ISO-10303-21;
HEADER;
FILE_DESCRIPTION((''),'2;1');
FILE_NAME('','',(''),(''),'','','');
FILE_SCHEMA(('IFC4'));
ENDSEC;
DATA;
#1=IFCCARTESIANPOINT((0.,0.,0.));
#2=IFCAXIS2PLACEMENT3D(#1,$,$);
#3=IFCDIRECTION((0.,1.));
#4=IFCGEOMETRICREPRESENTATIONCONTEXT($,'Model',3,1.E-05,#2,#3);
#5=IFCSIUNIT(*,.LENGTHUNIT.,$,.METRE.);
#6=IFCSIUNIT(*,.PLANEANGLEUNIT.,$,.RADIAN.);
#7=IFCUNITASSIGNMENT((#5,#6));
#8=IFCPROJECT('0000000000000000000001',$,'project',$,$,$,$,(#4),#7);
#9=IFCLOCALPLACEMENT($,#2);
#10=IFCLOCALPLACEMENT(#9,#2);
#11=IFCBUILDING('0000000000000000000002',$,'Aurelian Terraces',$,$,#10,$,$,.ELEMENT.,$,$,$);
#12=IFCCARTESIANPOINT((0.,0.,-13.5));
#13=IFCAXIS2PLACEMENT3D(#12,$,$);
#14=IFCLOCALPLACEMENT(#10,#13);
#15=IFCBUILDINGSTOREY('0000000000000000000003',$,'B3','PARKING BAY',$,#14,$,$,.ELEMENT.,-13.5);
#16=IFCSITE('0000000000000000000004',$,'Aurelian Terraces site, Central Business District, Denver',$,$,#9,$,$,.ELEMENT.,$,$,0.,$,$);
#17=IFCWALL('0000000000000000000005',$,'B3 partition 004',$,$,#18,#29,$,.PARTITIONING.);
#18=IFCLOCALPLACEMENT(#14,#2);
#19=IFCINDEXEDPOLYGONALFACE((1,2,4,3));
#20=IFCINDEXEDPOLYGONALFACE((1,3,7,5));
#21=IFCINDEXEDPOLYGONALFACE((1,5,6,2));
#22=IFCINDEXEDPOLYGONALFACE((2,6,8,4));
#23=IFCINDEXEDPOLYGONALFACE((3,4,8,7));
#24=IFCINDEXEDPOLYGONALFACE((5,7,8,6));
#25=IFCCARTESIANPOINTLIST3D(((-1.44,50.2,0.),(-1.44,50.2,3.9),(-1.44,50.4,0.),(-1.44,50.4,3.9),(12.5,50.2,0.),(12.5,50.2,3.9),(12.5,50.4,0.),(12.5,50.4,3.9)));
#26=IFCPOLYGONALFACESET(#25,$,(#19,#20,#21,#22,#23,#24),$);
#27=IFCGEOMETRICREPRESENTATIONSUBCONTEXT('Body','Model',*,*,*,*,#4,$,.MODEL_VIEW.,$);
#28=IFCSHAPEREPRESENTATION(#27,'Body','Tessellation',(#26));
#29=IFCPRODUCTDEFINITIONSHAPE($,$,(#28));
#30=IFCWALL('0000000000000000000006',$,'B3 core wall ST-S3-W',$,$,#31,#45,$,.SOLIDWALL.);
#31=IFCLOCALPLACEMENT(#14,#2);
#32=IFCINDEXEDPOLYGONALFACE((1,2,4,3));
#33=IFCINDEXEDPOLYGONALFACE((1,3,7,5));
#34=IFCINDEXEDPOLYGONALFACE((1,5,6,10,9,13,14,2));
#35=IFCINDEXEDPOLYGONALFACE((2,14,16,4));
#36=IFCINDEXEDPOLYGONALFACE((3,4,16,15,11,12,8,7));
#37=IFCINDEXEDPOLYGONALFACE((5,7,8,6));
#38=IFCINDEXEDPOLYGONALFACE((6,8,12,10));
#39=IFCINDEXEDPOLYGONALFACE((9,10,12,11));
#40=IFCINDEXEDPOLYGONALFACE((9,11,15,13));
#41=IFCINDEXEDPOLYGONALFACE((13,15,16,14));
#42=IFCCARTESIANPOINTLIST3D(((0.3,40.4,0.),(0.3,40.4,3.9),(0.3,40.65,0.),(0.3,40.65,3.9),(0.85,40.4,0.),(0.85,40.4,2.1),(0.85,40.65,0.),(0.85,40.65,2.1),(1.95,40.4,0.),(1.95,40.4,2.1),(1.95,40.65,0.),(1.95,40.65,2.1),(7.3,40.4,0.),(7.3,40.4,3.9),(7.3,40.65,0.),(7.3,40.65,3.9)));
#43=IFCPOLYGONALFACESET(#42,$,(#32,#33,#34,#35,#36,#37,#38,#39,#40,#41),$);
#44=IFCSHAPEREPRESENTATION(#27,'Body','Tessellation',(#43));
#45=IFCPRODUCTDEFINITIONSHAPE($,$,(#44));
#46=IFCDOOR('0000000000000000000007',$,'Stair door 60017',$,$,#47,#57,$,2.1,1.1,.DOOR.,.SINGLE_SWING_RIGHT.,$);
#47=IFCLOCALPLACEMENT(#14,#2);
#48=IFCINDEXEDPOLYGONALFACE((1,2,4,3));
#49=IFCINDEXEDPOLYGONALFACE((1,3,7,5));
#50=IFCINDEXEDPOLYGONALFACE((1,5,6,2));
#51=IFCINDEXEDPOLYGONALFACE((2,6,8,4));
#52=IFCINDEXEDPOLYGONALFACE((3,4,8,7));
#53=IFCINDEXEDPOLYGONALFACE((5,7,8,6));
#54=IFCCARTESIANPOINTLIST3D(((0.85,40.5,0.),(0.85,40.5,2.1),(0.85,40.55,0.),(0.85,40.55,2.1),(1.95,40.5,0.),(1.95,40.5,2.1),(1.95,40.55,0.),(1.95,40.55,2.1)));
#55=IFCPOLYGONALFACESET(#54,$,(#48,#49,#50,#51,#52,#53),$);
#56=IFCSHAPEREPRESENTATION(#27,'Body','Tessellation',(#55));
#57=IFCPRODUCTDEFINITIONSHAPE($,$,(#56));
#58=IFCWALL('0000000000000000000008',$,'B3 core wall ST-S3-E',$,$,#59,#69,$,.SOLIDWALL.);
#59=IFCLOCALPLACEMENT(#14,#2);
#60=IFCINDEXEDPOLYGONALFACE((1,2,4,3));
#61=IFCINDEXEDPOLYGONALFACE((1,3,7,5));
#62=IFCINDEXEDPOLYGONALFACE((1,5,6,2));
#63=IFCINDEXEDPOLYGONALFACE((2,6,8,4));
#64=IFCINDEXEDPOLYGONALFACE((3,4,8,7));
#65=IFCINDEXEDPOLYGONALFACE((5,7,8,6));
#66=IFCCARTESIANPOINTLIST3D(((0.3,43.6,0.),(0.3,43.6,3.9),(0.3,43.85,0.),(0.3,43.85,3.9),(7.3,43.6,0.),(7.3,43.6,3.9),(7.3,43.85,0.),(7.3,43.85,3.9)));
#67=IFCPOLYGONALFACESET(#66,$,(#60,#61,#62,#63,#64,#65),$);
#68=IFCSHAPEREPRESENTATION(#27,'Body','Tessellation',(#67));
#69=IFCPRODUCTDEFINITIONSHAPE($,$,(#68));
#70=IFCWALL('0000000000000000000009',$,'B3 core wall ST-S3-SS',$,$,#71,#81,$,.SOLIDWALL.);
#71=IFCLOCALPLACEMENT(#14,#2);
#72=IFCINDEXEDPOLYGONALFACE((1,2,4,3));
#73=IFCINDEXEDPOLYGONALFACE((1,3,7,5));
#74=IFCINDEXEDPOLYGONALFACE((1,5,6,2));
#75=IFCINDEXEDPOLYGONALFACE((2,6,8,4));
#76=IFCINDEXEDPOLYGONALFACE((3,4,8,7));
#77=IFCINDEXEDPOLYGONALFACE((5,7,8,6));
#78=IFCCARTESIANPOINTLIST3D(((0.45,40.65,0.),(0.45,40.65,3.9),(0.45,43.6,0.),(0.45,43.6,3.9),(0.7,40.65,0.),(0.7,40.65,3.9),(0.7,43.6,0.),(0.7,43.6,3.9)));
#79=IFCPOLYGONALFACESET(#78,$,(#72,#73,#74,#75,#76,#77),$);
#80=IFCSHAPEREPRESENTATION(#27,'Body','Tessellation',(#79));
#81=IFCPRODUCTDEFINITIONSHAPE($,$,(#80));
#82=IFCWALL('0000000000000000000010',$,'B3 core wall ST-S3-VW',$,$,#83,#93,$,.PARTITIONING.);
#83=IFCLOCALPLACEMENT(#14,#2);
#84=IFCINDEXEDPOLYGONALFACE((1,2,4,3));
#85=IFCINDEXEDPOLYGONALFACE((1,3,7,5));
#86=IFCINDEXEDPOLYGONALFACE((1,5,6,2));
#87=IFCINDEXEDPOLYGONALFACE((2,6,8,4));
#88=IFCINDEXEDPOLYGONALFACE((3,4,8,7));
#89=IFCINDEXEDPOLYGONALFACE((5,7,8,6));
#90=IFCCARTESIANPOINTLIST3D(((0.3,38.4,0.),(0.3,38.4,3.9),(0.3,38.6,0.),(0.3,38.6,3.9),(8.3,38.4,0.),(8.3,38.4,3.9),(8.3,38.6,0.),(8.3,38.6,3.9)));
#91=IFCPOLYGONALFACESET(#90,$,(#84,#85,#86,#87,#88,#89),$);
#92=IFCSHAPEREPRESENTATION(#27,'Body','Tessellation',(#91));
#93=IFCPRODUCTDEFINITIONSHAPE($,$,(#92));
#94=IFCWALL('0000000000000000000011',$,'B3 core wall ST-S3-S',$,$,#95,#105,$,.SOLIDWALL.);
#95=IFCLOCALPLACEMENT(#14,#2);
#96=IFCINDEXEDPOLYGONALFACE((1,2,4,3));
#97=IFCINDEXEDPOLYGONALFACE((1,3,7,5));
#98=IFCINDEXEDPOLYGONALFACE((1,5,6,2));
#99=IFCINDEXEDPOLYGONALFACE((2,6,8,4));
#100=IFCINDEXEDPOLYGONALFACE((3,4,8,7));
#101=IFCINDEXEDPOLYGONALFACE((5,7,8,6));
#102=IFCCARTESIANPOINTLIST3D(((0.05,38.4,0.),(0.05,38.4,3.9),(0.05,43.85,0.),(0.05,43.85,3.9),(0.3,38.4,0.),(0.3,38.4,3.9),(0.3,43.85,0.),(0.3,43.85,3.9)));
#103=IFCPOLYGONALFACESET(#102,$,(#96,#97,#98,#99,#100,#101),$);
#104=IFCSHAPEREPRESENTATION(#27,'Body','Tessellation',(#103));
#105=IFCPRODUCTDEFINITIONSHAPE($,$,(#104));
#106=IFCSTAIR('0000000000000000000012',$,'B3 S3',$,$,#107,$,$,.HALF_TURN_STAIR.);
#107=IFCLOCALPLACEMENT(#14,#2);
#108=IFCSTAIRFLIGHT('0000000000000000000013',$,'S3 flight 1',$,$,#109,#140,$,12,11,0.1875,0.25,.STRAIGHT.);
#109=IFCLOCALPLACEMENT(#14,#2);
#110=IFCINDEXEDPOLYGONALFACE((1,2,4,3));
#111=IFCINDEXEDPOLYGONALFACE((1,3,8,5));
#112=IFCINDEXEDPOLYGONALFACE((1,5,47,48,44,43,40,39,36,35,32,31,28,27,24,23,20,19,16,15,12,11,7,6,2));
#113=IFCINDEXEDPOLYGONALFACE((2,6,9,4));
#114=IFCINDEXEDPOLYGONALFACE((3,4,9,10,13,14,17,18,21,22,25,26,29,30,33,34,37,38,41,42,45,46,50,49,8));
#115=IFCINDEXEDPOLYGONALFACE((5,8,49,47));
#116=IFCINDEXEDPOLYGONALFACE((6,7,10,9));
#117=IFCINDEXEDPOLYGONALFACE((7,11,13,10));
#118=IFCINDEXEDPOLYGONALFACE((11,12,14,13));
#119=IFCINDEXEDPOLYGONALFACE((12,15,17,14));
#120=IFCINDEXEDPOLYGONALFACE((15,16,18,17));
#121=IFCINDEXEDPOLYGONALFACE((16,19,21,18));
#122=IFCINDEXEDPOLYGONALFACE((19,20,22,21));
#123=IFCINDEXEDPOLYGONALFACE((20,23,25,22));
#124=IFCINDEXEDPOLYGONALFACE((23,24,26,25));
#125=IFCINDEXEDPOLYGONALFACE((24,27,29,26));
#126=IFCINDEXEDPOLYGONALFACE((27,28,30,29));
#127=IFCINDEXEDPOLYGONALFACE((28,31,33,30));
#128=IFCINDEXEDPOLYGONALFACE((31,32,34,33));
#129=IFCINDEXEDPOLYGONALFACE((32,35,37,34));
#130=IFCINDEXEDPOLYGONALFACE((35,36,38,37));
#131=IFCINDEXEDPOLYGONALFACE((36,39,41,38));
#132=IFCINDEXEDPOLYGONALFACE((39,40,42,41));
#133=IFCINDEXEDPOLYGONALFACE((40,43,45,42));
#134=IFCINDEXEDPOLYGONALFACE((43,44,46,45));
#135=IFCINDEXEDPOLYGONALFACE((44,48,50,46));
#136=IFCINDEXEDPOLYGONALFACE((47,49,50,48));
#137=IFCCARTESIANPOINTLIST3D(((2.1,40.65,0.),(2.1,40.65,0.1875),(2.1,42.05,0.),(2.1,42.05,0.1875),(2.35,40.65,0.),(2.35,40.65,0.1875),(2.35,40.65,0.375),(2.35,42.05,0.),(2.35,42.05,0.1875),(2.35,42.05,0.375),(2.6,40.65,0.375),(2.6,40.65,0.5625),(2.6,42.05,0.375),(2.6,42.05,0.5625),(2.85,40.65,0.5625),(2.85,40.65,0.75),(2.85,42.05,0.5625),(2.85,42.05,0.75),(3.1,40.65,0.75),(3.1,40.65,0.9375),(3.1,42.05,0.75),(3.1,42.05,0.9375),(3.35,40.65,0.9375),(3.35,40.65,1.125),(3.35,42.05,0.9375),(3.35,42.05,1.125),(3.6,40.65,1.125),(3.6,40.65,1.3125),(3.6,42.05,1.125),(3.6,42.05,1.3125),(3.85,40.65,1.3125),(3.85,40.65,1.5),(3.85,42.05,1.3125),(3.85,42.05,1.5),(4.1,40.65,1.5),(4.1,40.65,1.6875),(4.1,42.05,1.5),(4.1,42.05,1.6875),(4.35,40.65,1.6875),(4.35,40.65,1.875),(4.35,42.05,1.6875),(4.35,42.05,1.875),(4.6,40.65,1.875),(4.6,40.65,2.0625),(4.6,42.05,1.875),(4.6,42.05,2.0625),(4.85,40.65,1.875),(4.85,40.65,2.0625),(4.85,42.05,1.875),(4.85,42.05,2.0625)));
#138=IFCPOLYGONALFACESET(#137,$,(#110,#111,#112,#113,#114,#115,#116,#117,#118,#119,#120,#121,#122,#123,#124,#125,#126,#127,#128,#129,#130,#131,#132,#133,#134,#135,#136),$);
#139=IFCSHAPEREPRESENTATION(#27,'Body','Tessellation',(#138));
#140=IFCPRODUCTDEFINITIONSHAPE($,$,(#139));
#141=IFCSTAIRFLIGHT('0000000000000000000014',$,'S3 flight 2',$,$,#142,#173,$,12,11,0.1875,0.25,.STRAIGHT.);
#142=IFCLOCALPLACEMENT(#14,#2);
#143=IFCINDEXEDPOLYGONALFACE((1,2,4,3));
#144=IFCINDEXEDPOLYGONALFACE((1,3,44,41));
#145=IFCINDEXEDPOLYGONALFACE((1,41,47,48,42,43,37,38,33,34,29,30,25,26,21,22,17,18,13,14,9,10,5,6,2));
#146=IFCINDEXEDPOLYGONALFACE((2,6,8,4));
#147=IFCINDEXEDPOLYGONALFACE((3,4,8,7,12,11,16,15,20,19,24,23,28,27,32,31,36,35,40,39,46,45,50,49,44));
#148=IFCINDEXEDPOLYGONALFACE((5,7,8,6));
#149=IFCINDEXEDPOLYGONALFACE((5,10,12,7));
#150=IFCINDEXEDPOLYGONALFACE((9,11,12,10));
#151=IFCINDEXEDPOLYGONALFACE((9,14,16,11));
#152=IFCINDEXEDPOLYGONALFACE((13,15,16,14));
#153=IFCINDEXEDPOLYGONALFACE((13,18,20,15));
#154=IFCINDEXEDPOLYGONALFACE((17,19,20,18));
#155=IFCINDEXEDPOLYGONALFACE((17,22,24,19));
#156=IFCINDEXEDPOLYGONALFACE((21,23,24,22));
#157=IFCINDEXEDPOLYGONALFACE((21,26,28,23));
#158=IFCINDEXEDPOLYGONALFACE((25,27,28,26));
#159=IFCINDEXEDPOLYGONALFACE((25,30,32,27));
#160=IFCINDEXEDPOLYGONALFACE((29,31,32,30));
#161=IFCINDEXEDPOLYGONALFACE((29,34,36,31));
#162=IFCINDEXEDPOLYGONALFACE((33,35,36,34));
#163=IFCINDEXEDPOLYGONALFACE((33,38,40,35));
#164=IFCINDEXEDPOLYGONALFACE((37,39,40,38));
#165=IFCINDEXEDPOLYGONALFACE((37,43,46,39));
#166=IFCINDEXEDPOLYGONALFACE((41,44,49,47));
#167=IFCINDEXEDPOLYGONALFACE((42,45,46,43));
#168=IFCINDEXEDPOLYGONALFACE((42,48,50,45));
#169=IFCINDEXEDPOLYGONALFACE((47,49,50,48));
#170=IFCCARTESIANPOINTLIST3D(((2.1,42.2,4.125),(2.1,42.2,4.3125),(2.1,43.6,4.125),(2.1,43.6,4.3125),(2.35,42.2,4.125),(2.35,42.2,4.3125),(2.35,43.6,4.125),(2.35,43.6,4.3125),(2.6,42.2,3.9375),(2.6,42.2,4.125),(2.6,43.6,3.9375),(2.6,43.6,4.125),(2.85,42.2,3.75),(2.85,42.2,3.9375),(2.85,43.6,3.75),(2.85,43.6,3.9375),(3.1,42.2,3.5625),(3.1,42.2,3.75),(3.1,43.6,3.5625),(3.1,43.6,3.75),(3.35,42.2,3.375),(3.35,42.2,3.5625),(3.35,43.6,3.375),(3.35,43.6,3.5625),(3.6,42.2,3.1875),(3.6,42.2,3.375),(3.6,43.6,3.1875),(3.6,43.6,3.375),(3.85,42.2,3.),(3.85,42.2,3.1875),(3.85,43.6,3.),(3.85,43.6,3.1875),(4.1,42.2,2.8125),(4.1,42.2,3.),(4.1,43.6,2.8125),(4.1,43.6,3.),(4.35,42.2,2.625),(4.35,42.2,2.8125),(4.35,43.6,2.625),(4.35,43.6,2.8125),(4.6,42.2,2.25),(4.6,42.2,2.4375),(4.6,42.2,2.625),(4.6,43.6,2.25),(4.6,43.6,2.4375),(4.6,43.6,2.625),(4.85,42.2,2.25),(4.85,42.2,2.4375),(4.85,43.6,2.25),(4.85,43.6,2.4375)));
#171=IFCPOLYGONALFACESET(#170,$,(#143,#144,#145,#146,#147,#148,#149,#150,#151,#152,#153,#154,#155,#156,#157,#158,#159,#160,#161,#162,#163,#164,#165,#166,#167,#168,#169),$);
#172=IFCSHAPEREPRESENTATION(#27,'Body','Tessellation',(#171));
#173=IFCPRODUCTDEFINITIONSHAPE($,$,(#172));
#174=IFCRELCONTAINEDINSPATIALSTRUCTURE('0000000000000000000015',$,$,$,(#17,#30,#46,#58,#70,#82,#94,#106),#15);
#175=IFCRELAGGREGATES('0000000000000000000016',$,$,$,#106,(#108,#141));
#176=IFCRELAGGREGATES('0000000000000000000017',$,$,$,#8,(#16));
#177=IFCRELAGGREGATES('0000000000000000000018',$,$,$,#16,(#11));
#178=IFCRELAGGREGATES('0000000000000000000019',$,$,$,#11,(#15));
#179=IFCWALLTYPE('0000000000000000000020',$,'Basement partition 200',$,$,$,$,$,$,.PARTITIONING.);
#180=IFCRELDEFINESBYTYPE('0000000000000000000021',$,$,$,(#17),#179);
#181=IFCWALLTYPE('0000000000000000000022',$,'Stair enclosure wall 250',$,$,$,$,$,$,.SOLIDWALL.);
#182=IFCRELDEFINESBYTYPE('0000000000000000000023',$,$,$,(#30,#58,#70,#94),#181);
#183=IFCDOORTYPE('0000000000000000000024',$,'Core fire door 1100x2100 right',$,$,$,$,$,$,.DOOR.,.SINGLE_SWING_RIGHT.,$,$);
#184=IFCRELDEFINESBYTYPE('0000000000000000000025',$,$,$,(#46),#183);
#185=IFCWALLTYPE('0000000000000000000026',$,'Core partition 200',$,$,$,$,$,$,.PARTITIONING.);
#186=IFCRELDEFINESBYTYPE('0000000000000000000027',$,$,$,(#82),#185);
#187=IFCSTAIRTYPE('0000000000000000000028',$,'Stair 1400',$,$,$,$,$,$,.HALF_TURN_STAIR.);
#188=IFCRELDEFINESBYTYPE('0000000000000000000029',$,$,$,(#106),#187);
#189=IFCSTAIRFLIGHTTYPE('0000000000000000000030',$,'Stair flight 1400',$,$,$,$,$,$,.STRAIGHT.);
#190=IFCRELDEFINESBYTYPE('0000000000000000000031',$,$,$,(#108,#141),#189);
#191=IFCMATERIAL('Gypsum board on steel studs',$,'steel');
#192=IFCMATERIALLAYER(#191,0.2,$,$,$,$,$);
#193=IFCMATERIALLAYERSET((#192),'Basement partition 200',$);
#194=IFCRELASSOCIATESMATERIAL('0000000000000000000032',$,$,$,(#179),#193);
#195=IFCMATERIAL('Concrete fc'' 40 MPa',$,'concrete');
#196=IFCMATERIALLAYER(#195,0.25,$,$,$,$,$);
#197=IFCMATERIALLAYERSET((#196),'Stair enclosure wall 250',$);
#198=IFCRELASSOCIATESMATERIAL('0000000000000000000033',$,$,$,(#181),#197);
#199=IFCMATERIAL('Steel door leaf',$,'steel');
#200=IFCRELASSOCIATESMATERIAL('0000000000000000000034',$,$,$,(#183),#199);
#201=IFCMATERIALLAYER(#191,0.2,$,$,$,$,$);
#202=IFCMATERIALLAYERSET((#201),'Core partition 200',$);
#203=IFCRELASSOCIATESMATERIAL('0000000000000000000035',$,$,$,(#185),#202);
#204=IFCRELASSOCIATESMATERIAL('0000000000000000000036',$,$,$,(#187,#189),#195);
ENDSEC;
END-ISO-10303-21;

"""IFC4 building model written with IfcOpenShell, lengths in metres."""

from ifc_helpers import new_model, si_unit, direction, frame, frame_2d, origin, place, context, subcontext, project, spatial, polyline, rectangle, outline, extrude, source, transform, mapped, material, layer, layer_set, type_object, element, fill, aggregate, save


model = new_model("IFC4")

# Units and contexts
model_context = context("Model", 3, precision=1e-05, world=origin(), true_north=direction((0.0, 1.0)))
body_context = subcontext(model_context, "Body", "Model", "MODEL_VIEW")
ifc_project = project(units=[si_unit("LENGTHUNIT", "METRE"), si_unit("PLANEANGLEUNIT", "RADIAN")], contexts=[model_context])

# Site, building, storey
site_placement = place(None, origin())
site = spatial("IfcSite", under=ifc_project, at=site_placement, Name="Aurelian Terraces site, Central Business District, Denver", CompositionType="ELEMENT", RefElevation=0.0)
building_placement = place(site_placement, origin())
building = spatial("IfcBuilding", under=site, at=building_placement, Name="Aurelian Terraces", CompositionType="ELEMENT")
storey_placement = place(building_placement, frame((0.0, 0.0, -13.5)))
storey = spatial("IfcBuildingStorey", under=building, at=storey_placement, Name="B3", Description="PARKING BAY", CompositionType="ELEMENT", Elevation=-13.5)

# Wall
ifc_material_1 = material(Name="Gypsum board on steel studs", Category="steel")
ifc_layer_1 = layer(ifc_material_1, 0.2)
ifc_layer_set_1 = layer_set([ifc_layer_1], Name="Basement partition 200")
wall_type_1 = type_object("IfcWallType", Name="Basement partition 200", PredefinedType="PARTITIONING", material=ifc_layer_set_1)
wall_1_placement = place(storey_placement, frame((-1.44, 50.3, 0.0), z_axis=(0.0, 0.0, 1.0), x_axis=(1.0, 0.0, 0.0)))
element("IfcWall", 1, at=wall_1_placement, inside=storey, type_object=wall_type_1, Name="B3 partition 004", PredefinedType="PARTITIONING", context=body_context, shape_type="SweptSolid", body=[
    extrude(rectangle(XDim=13.94, YDim=0.2, at=frame_2d((6.97, 0.0))), origin(), (0.0, 0.0, 1.0), 3.9),
])

# Wall, opening, door
ifc_material_2 = material(Name="Concrete fc' 40 MPa", Category="concrete")
ifc_layer_2 = layer(ifc_material_2, 0.25)
ifc_layer_set_2 = layer_set([ifc_layer_2], Name="Stair enclosure wall 250")
wall_type_2 = type_object("IfcWallType", Name="Stair enclosure wall 250", PredefinedType="SOLIDWALL", material=ifc_layer_set_2)
shared_shape_1 = source(origin(), body_context, "Body", "SweptSolid", [
    extrude(rectangle(XDim=7.0, YDim=0.25, at=frame_2d((3.5, 0.0))), origin(), (0.0, 0.0, 1.0), 3.9),
])
wall_2_placement = place(storey_placement, frame((0.3, 40.525, 0.0), z_axis=(0.0, 0.0, 1.0), x_axis=(1.0, 0.0, 0.0)))
wall_2 = element("IfcWall", 2, at=wall_2_placement, inside=storey, type_object=wall_type_2, Name="B3 core wall ST-S3-W", PredefinedType="SOLIDWALL", context=body_context, shape_type="MappedRepresentation", body=[
    mapped(shared_shape_1, transform((0.0, 0.0, 0.0), scale=1.0)),
])
shared_shape_2 = source(origin(), body_context, "Body", "SweptSolid", [
    extrude(rectangle(XDim=1.1, YDim=2.1, at=frame_2d((0.55, 1.05))), frame((0.0, 0.135, 0.0), z_axis=(0.0, -1.0, 0.0), x_axis=(1.0, 0.0, 0.0)), (0.0, 0.0, 1.0), 0.27),
])
opening_placement = place(wall_2_placement, frame((0.55, 0.0, 0.0)))
opening = element("IfcOpeningElement", 3, at=opening_placement, cuts=wall_2, PredefinedType="OPENING", context=body_context, shape_type="MappedRepresentation", body=[
    mapped(shared_shape_2, transform((0.0, 0.0, 0.0), scale=1.0)),
])
ifc_material_3 = material(Name="Steel door leaf", Category="steel")
door_type = type_object("IfcDoorType", Name="Core fire door 1100x2100 right", OperationType="SINGLE_SWING_RIGHT", PredefinedType="DOOR", material=ifc_material_3)
shared_shape_3 = source(origin(), body_context, "Body", "SweptSolid", [
    extrude(rectangle(XDim=1.1, YDim=2.1, at=frame_2d((0.55, 1.05))), frame((0.0, 0.025, 0.0), z_axis=(0.0, -1.0, 0.0), x_axis=(1.0, 0.0, 0.0)), (0.0, 0.0, 1.0), 0.05),
])
door_placement = place(opening_placement, origin())
door = element("IfcDoor", 4, at=door_placement, inside=storey, type_object=door_type, Name="Stair door 60017", OperationType="SINGLE_SWING_RIGHT", OverallHeight=2.1, OverallWidth=1.1, PredefinedType="DOOR", context=body_context, shape_type="MappedRepresentation", body=[
    mapped(shared_shape_3, transform((0.0, 0.0, 0.0), scale=1.0)),
])
fill(opening, door)

# Walls
wall_3_placement = place(storey_placement, frame((0.3, 43.725, 0.0), z_axis=(0.0, 0.0, 1.0), x_axis=(1.0, 0.0, 0.0)))
element("IfcWall", 5, at=wall_3_placement, inside=storey, type_object=wall_type_2, Name="B3 core wall ST-S3-E", PredefinedType="SOLIDWALL", context=body_context, shape_type="MappedRepresentation", body=[
    mapped(shared_shape_1, transform((0.0, 0.0, 0.0), scale=1.0)),
])
shared_shape_4 = source(origin(), body_context, "Body", "SweptSolid", [
    extrude(rectangle(XDim=2.95, YDim=0.25, at=frame_2d((1.475, 0.0))), origin(), (0.0, 0.0, 1.0), 3.9),
])
wall_4_placement = place(storey_placement, frame((0.575, 40.65, 0.0), z_axis=(0.0, 0.0, 1.0), x_axis=(0.0, 1.0, 0.0)))
element("IfcWall", 6, at=wall_4_placement, inside=storey, type_object=wall_type_2, Name="B3 core wall ST-S3-SS", PredefinedType="SOLIDWALL", context=body_context, shape_type="MappedRepresentation", body=[
    mapped(shared_shape_4, transform((0.0, 0.0, 0.0), scale=1.0)),
])
ifc_layer_3 = layer(ifc_material_1, 0.2)
ifc_layer_set_3 = layer_set([ifc_layer_3], Name="Core partition 200")
wall_type_3 = type_object("IfcWallType", Name="Core partition 200", PredefinedType="PARTITIONING", material=ifc_layer_set_3)
shared_shape_5 = source(origin(), body_context, "Body", "SweptSolid", [
    extrude(rectangle(XDim=8.0, YDim=0.2, at=frame_2d((4.0, 0.0))), origin(), (0.0, 0.0, 1.0), 3.9),
])
wall_5_placement = place(storey_placement, frame((0.3, 38.5, 0.0), z_axis=(0.0, 0.0, 1.0), x_axis=(1.0, 0.0, 0.0)))
element("IfcWall", 7, at=wall_5_placement, inside=storey, type_object=wall_type_3, Name="B3 core wall ST-S3-VW", PredefinedType="PARTITIONING", context=body_context, shape_type="MappedRepresentation", body=[
    mapped(shared_shape_5, transform((0.0, 0.0, 0.0), scale=1.0)),
])
shared_shape_6 = source(origin(), body_context, "Body", "SweptSolid", [
    extrude(rectangle(XDim=5.45, YDim=0.25, at=frame_2d((2.725, 0.0))), origin(), (0.0, 0.0, 1.0), 3.9),
])
wall_6_placement = place(storey_placement, frame((0.175, 38.4, 0.0), z_axis=(0.0, 0.0, 1.0), x_axis=(0.0, 1.0, 0.0)))
element("IfcWall", 8, at=wall_6_placement, inside=storey, type_object=wall_type_2, Name="B3 core wall ST-S3-S", PredefinedType="SOLIDWALL", context=body_context, shape_type="MappedRepresentation", body=[
    mapped(shared_shape_6, transform((0.0, 0.0, 0.0), scale=1.0)),
])

# Stair, stair flights
stair_type = type_object("IfcStairType", Name="Stair 1400", PredefinedType="HALF_TURN_STAIR", material=ifc_material_2)
stair_placement = place(storey_placement, origin())
stair = element("IfcStair", 9, at=stair_placement, inside=storey, type_object=stair_type, Name="B3 S3", PredefinedType="HALF_TURN_STAIR")
stair_flight_type = type_object("IfcStairFlightType", Name="Stair flight 1400", PredefinedType="STRAIGHT", material=ifc_material_2)
shared_shape_7 = source(origin(), body_context, "Body", "SweptSolid", [
    extrude(outline(polyline([(0.0, 0.0), (0.0, 0.1875), (0.25, 0.1875), (0.25, 0.375), (0.5, 0.375), (0.5, 0.5625), (0.75, 0.5625), (0.75, 0.75), (1.0, 0.75), (1.0, 0.9375), (1.25, 0.9375), (1.25, 1.125), (1.5, 1.125), (1.5, 1.3125), (1.75, 1.3125), (1.75, 1.5), (2.0, 1.5), (2.0, 1.6875), (2.25, 1.6875), (2.25, 1.875), (2.5, 1.875), (2.5, 2.0625), (2.75, 2.0625), (2.75, 2.25), (2.75, 1.875), (0.25, 0.0), (0.0, 0.0)])), frame((0.0, 0.7, 0.0), z_axis=(0.0, -1.0, 0.0), x_axis=(1.0, 0.0, 0.0)), (0.0, 0.0, 1.0), 1.4),
])
stair_flight_1_placement = place(storey_placement, frame((2.1, 41.35, 0.0), z_axis=(0.0, 0.0, 1.0), x_axis=(1.0, 0.0, 0.0)))
stair_flight_1 = element("IfcStairFlight", 10, at=stair_flight_1_placement, type_object=stair_flight_type, Name="S3 flight 1", NumberOfRisers=12, NumberOfTreads=11, PredefinedType="STRAIGHT", RiserHeight=0.1875, TreadLength=0.25, context=body_context, shape_type="MappedRepresentation", body=[
    mapped(shared_shape_7, transform((0.0, 0.0, 0.0), scale=1.0)),
])
stair_flight_2_placement = place(storey_placement, frame((4.85, 42.9, 2.25), z_axis=(0.0, 0.0, 1.0), x_axis=(-1.0, 0.0, 0.0)))
stair_flight_2 = element("IfcStairFlight", 11, at=stair_flight_2_placement, type_object=stair_flight_type, Name="S3 flight 2", NumberOfRisers=12, NumberOfTreads=11, PredefinedType="STRAIGHT", RiserHeight=0.1875, TreadLength=0.25, context=body_context, shape_type="MappedRepresentation", body=[
    mapped(shared_shape_7, transform((0.0, 0.0, 0.0), scale=1.0)),
])
aggregate(stair, [stair_flight_1, stair_flight_2])

save(model, "model.ifc")
